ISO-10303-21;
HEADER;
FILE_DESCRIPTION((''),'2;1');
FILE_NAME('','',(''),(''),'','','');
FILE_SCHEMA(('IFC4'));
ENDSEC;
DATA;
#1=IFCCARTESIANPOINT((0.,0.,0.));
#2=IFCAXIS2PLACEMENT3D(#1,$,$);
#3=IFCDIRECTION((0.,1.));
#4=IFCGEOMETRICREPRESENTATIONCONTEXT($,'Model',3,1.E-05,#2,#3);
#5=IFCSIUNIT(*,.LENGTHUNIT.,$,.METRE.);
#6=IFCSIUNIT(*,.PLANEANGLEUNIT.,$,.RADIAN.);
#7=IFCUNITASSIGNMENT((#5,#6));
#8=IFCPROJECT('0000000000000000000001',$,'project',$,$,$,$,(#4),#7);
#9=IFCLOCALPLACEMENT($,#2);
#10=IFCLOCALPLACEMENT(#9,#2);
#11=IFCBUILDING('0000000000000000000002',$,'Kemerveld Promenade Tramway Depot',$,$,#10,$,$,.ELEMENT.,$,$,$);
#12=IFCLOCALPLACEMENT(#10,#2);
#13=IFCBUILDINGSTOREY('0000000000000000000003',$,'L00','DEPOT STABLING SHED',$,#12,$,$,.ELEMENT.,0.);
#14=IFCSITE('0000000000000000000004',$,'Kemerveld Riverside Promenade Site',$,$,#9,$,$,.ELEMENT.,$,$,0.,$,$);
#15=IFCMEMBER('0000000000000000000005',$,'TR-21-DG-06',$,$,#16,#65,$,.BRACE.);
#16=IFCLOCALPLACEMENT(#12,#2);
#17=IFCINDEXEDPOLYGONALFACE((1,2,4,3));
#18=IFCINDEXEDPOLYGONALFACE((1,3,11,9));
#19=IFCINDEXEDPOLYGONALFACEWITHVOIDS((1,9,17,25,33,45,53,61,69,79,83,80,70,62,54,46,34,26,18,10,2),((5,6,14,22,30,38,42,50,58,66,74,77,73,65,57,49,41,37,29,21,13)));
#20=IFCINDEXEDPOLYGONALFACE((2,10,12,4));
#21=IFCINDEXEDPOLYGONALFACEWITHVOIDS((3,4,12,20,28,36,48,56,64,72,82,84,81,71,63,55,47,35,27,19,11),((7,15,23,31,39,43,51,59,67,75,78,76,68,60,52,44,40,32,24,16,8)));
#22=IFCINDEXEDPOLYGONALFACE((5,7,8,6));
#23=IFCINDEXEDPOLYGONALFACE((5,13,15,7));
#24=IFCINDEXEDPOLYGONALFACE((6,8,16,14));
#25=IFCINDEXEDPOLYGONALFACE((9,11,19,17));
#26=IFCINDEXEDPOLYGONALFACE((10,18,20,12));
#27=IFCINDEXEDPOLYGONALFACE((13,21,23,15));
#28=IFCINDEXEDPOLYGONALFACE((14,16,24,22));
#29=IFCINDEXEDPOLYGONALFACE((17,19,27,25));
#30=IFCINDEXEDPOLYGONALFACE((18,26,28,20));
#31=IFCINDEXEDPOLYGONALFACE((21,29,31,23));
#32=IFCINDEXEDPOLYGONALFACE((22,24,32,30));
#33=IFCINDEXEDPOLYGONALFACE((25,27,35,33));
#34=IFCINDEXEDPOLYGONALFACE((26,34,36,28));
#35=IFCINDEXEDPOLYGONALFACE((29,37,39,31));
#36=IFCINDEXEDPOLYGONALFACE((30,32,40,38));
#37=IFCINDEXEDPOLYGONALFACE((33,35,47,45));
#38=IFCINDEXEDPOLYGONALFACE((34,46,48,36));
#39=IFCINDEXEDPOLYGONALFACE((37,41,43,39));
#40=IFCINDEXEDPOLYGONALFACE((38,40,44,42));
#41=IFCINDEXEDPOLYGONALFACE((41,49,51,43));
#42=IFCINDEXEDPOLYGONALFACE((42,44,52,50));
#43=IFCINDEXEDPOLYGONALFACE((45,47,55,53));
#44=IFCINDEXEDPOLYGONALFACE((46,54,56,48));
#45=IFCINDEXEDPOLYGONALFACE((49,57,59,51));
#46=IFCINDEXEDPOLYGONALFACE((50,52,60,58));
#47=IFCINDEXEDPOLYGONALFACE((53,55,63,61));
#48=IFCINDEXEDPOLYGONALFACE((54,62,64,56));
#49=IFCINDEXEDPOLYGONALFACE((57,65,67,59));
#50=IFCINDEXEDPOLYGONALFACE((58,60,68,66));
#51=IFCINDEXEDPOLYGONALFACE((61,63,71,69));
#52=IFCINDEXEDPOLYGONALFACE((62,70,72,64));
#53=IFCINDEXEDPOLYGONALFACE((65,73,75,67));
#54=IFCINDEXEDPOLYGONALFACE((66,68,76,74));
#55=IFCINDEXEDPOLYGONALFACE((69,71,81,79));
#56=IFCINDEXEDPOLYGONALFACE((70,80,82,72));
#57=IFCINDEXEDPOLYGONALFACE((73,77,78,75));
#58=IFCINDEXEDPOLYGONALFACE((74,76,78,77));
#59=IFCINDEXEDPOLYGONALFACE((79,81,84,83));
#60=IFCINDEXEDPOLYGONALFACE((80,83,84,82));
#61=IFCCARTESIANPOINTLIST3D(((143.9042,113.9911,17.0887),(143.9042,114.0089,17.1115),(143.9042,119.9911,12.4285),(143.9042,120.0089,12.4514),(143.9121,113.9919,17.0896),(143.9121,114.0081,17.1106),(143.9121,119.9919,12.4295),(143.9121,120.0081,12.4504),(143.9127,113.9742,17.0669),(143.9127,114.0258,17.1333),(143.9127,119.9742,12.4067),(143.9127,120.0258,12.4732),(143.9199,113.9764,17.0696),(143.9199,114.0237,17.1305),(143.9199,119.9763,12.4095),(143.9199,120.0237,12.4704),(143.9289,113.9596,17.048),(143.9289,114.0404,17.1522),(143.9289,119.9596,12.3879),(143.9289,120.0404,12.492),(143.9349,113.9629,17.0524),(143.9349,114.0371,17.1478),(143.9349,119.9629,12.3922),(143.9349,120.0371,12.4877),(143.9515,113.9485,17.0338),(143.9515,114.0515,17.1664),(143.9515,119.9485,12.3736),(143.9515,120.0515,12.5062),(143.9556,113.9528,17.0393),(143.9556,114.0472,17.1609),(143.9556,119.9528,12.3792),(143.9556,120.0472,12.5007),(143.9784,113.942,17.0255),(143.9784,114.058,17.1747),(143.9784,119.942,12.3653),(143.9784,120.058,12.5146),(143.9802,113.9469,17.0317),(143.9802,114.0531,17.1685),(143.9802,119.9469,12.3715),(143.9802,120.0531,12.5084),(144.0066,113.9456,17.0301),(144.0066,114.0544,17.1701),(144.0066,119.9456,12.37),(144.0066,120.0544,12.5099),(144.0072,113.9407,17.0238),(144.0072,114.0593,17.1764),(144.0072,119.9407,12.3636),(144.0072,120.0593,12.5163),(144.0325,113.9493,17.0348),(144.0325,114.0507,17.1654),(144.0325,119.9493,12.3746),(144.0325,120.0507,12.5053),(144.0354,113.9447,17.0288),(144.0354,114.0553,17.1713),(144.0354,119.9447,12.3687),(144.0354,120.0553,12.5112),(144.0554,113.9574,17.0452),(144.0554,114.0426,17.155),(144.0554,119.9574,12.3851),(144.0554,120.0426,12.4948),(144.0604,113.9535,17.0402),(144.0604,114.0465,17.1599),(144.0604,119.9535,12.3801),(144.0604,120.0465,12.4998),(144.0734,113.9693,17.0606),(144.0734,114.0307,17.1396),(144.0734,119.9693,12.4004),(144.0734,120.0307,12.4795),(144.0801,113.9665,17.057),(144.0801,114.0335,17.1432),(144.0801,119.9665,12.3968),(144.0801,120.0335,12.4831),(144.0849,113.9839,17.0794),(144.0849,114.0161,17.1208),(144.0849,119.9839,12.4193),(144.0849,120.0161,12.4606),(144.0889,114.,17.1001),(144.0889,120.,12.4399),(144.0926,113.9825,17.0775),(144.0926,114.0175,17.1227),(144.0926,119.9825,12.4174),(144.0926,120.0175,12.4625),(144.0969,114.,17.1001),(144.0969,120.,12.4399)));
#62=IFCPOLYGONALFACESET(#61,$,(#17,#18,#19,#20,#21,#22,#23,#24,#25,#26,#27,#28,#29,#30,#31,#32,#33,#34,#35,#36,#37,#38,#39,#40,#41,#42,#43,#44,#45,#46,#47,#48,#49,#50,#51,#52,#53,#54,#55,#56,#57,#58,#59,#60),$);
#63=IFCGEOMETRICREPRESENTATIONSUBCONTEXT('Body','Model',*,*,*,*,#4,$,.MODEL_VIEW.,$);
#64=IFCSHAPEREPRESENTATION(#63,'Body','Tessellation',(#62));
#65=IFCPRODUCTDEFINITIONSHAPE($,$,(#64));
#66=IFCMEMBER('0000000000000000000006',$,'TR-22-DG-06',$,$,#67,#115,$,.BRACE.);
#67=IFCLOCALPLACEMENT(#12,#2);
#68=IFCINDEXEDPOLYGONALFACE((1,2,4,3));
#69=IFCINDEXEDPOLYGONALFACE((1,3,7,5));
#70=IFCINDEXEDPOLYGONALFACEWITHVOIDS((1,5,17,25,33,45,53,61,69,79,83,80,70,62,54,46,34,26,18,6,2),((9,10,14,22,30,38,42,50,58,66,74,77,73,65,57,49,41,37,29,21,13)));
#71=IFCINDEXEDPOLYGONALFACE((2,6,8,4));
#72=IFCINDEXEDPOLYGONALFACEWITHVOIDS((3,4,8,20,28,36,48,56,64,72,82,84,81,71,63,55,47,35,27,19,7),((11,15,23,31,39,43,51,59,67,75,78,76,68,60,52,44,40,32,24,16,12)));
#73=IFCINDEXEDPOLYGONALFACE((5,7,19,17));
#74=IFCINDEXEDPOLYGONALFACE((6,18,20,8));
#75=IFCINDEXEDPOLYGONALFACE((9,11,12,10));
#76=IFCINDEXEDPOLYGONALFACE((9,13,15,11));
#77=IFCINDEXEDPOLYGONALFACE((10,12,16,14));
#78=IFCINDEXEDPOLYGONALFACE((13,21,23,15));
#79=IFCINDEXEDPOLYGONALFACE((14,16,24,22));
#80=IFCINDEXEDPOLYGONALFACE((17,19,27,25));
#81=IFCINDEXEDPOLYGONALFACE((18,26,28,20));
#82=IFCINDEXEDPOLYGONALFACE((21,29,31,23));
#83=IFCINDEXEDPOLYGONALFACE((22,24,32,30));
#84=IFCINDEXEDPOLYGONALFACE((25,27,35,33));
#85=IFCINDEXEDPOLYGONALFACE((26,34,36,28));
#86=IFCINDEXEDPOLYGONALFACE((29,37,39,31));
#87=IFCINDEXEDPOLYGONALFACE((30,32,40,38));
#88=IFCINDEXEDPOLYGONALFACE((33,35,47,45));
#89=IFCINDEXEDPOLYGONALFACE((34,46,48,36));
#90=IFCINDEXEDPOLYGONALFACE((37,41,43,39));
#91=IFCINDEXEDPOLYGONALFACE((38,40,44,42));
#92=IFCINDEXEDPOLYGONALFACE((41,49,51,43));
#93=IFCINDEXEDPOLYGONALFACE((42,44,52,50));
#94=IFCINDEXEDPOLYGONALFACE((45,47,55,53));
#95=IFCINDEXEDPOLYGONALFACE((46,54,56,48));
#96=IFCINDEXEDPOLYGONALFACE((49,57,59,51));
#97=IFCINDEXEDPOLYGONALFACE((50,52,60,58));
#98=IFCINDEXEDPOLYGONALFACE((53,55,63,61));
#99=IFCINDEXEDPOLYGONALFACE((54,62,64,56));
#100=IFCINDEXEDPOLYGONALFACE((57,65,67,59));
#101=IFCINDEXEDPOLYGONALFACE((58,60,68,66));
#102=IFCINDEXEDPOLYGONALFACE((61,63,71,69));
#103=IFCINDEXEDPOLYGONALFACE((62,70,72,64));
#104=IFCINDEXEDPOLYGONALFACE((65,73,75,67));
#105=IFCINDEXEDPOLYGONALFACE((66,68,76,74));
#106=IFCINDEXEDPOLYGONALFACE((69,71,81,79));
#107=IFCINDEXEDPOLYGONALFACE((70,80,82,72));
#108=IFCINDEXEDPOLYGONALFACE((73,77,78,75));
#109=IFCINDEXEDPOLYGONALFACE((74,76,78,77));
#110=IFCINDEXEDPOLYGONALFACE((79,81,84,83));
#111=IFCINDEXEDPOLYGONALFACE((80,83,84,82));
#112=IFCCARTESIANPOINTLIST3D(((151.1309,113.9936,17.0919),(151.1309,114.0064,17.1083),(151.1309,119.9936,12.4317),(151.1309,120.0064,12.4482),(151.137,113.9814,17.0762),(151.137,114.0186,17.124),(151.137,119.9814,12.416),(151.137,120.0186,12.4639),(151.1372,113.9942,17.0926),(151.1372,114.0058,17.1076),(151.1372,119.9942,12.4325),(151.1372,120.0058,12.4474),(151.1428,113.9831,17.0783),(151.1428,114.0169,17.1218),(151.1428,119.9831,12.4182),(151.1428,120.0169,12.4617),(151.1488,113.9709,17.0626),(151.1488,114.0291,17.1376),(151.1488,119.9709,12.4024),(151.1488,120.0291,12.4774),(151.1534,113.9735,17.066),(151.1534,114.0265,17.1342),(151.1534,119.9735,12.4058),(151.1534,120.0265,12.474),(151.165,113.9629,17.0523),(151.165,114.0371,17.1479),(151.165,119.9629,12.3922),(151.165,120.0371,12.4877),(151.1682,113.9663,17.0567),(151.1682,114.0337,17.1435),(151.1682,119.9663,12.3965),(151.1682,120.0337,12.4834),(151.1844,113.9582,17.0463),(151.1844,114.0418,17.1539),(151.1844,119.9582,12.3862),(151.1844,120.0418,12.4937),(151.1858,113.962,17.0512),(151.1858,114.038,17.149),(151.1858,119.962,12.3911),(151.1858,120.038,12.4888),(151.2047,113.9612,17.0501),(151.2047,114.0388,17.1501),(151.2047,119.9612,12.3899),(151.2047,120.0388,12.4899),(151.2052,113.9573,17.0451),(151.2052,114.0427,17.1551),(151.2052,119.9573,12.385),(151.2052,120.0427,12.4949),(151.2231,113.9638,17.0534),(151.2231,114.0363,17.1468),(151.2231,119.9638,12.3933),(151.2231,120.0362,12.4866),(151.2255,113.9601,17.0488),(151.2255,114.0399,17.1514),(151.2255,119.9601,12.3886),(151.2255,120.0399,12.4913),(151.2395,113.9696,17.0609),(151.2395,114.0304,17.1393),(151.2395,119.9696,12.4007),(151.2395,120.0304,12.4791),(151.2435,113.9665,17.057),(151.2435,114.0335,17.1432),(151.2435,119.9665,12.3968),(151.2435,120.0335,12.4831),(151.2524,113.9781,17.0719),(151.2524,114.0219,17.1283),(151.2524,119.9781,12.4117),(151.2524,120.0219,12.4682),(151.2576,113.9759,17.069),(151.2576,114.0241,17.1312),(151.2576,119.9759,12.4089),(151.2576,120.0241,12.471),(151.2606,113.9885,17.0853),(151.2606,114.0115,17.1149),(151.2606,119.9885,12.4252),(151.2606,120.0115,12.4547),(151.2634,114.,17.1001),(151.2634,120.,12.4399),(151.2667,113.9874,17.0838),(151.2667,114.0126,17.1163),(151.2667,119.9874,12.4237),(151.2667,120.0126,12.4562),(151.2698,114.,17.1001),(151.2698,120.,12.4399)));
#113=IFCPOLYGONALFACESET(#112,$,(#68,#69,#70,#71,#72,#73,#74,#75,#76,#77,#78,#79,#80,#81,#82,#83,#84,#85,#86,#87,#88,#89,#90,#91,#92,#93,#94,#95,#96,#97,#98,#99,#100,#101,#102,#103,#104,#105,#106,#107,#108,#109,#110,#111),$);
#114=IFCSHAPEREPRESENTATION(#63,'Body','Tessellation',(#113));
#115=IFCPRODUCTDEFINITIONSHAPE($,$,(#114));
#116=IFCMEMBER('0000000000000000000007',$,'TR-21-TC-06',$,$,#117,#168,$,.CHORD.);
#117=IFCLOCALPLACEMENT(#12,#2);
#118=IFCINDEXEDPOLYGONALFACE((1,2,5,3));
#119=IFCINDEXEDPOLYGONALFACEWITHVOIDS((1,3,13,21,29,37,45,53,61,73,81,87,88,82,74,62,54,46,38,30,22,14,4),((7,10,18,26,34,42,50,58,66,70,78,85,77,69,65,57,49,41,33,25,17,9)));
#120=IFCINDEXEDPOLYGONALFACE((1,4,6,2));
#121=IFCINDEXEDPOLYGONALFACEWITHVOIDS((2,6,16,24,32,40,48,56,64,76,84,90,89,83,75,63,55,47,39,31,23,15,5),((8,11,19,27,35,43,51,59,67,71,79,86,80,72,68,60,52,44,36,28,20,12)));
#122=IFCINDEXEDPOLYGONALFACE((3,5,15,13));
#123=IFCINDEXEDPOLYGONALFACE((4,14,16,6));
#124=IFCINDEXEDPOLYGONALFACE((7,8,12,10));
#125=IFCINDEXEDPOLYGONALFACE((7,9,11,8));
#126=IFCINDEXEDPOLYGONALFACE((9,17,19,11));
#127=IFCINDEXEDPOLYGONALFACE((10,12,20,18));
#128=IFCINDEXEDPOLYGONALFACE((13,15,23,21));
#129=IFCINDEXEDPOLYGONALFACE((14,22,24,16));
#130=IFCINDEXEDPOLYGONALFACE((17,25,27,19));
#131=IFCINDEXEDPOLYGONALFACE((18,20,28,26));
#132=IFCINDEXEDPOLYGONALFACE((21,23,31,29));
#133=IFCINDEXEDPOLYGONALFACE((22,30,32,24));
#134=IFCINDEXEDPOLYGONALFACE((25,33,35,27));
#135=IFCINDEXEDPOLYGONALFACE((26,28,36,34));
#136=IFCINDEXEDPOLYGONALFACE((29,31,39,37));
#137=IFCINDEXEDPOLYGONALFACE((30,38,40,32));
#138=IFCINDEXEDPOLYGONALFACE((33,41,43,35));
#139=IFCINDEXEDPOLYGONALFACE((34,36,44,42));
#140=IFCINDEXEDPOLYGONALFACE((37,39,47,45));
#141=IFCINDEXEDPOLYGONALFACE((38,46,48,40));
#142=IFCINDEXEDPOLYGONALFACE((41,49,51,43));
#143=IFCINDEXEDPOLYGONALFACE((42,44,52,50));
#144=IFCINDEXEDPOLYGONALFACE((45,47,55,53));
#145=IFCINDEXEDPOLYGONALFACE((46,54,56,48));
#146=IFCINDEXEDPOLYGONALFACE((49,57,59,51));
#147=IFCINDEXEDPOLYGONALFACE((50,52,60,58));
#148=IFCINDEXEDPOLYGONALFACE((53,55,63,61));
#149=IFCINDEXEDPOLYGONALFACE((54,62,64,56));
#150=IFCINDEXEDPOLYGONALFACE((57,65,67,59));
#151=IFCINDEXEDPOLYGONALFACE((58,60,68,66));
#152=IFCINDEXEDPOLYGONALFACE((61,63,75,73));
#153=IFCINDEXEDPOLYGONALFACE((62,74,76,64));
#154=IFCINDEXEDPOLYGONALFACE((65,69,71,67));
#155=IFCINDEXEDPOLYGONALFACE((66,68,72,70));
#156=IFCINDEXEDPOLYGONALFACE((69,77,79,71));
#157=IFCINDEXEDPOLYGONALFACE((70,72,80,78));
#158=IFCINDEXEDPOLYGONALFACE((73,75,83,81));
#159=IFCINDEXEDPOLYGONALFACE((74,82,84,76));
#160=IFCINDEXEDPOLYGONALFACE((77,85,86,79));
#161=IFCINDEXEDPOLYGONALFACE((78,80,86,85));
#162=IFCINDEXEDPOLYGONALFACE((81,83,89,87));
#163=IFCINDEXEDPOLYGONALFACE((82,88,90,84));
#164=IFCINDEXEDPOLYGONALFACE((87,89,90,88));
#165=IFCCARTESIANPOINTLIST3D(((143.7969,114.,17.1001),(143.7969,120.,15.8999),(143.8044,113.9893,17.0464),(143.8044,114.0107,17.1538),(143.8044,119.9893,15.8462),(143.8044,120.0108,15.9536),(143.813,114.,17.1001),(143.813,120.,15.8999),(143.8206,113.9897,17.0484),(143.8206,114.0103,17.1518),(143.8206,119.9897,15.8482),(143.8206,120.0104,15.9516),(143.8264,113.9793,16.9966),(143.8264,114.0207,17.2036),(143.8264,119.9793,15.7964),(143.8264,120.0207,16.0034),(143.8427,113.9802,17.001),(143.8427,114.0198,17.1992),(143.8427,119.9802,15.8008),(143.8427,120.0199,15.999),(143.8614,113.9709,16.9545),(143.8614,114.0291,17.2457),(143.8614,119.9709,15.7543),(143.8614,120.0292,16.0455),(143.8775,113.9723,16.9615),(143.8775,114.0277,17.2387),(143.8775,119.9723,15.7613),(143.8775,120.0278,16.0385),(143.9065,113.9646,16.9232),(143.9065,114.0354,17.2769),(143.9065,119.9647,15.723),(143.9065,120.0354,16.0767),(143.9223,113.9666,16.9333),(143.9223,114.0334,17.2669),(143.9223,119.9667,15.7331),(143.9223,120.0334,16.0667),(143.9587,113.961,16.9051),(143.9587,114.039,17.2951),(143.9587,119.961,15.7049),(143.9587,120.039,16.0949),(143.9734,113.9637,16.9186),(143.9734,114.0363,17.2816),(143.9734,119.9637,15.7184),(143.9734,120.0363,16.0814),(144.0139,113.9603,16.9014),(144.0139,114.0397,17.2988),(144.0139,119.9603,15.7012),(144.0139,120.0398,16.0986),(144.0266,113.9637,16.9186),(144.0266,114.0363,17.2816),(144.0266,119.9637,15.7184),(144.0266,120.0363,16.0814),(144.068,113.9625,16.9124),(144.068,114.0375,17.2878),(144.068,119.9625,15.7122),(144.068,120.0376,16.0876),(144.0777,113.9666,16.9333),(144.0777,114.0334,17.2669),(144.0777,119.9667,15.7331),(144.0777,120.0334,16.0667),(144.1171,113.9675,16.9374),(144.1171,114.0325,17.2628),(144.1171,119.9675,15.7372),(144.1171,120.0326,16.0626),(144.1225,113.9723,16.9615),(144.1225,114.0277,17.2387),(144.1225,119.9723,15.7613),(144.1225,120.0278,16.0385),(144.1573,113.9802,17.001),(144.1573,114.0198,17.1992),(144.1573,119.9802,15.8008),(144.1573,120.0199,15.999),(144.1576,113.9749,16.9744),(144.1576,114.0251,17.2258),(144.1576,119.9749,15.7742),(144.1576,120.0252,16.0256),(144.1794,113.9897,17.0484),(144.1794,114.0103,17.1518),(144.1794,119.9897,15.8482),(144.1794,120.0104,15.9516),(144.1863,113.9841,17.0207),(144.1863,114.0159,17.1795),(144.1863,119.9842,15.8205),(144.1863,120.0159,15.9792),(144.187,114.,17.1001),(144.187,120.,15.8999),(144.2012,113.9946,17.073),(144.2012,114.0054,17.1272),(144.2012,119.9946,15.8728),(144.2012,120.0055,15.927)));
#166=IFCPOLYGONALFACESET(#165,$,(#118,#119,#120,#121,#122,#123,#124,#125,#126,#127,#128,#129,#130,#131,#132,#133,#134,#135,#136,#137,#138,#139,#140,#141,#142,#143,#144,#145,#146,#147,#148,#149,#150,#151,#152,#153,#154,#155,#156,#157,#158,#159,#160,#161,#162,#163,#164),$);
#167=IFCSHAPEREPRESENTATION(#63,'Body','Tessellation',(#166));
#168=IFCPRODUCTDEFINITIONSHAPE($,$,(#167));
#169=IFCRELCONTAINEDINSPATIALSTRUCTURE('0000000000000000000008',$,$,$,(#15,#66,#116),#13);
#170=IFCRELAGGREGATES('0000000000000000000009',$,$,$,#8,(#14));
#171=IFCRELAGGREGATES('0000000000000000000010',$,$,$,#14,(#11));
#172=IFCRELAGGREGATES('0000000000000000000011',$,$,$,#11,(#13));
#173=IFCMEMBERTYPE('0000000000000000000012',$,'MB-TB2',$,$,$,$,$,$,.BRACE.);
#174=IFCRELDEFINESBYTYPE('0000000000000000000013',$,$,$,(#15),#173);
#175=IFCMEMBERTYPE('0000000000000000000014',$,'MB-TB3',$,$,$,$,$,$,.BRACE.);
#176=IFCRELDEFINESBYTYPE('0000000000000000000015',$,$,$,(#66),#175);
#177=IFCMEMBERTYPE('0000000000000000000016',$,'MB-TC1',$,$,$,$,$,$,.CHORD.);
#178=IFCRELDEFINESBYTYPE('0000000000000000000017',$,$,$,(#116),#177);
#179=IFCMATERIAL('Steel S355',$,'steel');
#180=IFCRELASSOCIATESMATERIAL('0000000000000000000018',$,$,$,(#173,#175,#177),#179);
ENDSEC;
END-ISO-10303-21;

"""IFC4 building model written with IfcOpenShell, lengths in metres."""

from ifc_helpers import new_model, si_unit, direction, frame, origin, origin_2d, place, context, subcontext, project, spatial, hollow_circle, extrude, material, material_profile, profile_set, type_object, element, save


model = new_model("IFC4")

# Units and contexts
model_context = context("Model", 3, precision=1e-05, world=origin(), true_north=direction((0.0, 1.0)))
body_context = subcontext(model_context, "Body", "Model", "MODEL_VIEW")
ifc_project = project(units=[si_unit("LENGTHUNIT", "METRE"), si_unit("PLANEANGLEUNIT", "RADIAN")], contexts=[model_context])

# Site, building, storey
site_placement = place(None, origin())
site = spatial("IfcSite", under=ifc_project, at=site_placement, Name="Kemerveld Riverside Promenade Site", CompositionType="ELEMENT", RefElevation=0.0)
building_placement = place(site_placement, origin())
building = spatial("IfcBuilding", under=site, at=building_placement, Name="Kemerveld Promenade Tramway Depot", CompositionType="ELEMENT")
storey_placement = place(building_placement, origin())
storey = spatial("IfcBuildingStorey", under=building, at=storey_placement, Name="L00", Description="DEPOT STABLING SHED", CompositionType="ELEMENT", Elevation=0.0)

# Members
ifc_material_1 = material(Name="Steel S355", Category="steel")
ifc_material_profile_1 = material_profile(ifc_material_1, hollow_circle(Radius=0.0969, WallThickness=0.0081, at=origin_2d()), Name="193.7x8.0 CHS")
ifc_profile_set_1 = profile_set([ifc_material_profile_1], Name="Steel S355")
member_type_1 = type_object("IfcMemberType", Name="MB-TB2", PredefinedType="BRACE", material=ifc_profile_set_1)
member_1_placement = place(storey_placement, frame((144.0, 120.0, 12.4399), z_axis=(0.0, -0.789767, 0.613407), x_axis=(1.0, 0.0, 0.0)))
element("IfcMember", 1, at=member_1_placement, inside=storey, type_object=member_type_1, Name="TR-21-DG-06", PredefinedType="BRACE", context=body_context, shape_type="SweptSolid", body=[
    extrude(hollow_circle(Radius=0.0969, WallThickness=0.0081, at=origin_2d()), origin(), (0.0, 0.0, 1.0), 7.5972),
])
ifc_material_profile_2 = material_profile(ifc_material_1, hollow_circle(Radius=0.0698, WallThickness=0.0063, at=origin_2d()), Name="139.7x6.3 CHS")
ifc_profile_set_2 = profile_set([ifc_material_profile_2], Name="Steel S355")
member_type_2 = type_object("IfcMemberType", Name="MB-TB3", PredefinedType="BRACE", material=ifc_profile_set_2)
member_2_placement = place(storey_placement, frame((151.2, 120.0, 12.4399), z_axis=(0.0, -0.789767, 0.613407), x_axis=(1.0, 0.0, 0.0)))
element("IfcMember", 2, at=member_2_placement, inside=storey, type_object=member_type_2, Name="TR-22-DG-06", PredefinedType="BRACE", context=body_context, shape_type="SweptSolid", body=[
    extrude(hollow_circle(Radius=0.0698, WallThickness=0.0063, at=origin_2d()), origin(), (0.0, 0.0, 1.0), 7.5972),
])
ifc_material_profile_3 = material_profile(ifc_material_1, hollow_circle(Radius=0.2031, WallThickness=0.0161, at=origin_2d()), Name="406.4x16.0 CHS")
ifc_profile_set_3 = profile_set([ifc_material_profile_3], Name="Steel S355")
member_type_3 = type_object("IfcMemberType", Name="MB-TC1", PredefinedType="CHORD", material=ifc_profile_set_3)
for number, where, z_axis, x_axis, name in (
    (3, (144.0, 114.0, 17.1001), (0.0, 0.980575, -0.196147), (-1.0, 0.0, 0.0), "TR-21-TC-06"),
):
    element("IfcMember", number, at=place(storey_placement, frame(where, z_axis=z_axis, x_axis=x_axis)), inside=storey, type_object=member_type_3, Name=name, PredefinedType="CHORD", context=body_context, shape_type="SweptSolid", body=[
        extrude(hollow_circle(Radius=0.2031, WallThickness=0.0161, at=origin_2d()), origin(), (0.0, 0.0, 1.0), 6.1189),
    ])

save(model, "model.ifc")
